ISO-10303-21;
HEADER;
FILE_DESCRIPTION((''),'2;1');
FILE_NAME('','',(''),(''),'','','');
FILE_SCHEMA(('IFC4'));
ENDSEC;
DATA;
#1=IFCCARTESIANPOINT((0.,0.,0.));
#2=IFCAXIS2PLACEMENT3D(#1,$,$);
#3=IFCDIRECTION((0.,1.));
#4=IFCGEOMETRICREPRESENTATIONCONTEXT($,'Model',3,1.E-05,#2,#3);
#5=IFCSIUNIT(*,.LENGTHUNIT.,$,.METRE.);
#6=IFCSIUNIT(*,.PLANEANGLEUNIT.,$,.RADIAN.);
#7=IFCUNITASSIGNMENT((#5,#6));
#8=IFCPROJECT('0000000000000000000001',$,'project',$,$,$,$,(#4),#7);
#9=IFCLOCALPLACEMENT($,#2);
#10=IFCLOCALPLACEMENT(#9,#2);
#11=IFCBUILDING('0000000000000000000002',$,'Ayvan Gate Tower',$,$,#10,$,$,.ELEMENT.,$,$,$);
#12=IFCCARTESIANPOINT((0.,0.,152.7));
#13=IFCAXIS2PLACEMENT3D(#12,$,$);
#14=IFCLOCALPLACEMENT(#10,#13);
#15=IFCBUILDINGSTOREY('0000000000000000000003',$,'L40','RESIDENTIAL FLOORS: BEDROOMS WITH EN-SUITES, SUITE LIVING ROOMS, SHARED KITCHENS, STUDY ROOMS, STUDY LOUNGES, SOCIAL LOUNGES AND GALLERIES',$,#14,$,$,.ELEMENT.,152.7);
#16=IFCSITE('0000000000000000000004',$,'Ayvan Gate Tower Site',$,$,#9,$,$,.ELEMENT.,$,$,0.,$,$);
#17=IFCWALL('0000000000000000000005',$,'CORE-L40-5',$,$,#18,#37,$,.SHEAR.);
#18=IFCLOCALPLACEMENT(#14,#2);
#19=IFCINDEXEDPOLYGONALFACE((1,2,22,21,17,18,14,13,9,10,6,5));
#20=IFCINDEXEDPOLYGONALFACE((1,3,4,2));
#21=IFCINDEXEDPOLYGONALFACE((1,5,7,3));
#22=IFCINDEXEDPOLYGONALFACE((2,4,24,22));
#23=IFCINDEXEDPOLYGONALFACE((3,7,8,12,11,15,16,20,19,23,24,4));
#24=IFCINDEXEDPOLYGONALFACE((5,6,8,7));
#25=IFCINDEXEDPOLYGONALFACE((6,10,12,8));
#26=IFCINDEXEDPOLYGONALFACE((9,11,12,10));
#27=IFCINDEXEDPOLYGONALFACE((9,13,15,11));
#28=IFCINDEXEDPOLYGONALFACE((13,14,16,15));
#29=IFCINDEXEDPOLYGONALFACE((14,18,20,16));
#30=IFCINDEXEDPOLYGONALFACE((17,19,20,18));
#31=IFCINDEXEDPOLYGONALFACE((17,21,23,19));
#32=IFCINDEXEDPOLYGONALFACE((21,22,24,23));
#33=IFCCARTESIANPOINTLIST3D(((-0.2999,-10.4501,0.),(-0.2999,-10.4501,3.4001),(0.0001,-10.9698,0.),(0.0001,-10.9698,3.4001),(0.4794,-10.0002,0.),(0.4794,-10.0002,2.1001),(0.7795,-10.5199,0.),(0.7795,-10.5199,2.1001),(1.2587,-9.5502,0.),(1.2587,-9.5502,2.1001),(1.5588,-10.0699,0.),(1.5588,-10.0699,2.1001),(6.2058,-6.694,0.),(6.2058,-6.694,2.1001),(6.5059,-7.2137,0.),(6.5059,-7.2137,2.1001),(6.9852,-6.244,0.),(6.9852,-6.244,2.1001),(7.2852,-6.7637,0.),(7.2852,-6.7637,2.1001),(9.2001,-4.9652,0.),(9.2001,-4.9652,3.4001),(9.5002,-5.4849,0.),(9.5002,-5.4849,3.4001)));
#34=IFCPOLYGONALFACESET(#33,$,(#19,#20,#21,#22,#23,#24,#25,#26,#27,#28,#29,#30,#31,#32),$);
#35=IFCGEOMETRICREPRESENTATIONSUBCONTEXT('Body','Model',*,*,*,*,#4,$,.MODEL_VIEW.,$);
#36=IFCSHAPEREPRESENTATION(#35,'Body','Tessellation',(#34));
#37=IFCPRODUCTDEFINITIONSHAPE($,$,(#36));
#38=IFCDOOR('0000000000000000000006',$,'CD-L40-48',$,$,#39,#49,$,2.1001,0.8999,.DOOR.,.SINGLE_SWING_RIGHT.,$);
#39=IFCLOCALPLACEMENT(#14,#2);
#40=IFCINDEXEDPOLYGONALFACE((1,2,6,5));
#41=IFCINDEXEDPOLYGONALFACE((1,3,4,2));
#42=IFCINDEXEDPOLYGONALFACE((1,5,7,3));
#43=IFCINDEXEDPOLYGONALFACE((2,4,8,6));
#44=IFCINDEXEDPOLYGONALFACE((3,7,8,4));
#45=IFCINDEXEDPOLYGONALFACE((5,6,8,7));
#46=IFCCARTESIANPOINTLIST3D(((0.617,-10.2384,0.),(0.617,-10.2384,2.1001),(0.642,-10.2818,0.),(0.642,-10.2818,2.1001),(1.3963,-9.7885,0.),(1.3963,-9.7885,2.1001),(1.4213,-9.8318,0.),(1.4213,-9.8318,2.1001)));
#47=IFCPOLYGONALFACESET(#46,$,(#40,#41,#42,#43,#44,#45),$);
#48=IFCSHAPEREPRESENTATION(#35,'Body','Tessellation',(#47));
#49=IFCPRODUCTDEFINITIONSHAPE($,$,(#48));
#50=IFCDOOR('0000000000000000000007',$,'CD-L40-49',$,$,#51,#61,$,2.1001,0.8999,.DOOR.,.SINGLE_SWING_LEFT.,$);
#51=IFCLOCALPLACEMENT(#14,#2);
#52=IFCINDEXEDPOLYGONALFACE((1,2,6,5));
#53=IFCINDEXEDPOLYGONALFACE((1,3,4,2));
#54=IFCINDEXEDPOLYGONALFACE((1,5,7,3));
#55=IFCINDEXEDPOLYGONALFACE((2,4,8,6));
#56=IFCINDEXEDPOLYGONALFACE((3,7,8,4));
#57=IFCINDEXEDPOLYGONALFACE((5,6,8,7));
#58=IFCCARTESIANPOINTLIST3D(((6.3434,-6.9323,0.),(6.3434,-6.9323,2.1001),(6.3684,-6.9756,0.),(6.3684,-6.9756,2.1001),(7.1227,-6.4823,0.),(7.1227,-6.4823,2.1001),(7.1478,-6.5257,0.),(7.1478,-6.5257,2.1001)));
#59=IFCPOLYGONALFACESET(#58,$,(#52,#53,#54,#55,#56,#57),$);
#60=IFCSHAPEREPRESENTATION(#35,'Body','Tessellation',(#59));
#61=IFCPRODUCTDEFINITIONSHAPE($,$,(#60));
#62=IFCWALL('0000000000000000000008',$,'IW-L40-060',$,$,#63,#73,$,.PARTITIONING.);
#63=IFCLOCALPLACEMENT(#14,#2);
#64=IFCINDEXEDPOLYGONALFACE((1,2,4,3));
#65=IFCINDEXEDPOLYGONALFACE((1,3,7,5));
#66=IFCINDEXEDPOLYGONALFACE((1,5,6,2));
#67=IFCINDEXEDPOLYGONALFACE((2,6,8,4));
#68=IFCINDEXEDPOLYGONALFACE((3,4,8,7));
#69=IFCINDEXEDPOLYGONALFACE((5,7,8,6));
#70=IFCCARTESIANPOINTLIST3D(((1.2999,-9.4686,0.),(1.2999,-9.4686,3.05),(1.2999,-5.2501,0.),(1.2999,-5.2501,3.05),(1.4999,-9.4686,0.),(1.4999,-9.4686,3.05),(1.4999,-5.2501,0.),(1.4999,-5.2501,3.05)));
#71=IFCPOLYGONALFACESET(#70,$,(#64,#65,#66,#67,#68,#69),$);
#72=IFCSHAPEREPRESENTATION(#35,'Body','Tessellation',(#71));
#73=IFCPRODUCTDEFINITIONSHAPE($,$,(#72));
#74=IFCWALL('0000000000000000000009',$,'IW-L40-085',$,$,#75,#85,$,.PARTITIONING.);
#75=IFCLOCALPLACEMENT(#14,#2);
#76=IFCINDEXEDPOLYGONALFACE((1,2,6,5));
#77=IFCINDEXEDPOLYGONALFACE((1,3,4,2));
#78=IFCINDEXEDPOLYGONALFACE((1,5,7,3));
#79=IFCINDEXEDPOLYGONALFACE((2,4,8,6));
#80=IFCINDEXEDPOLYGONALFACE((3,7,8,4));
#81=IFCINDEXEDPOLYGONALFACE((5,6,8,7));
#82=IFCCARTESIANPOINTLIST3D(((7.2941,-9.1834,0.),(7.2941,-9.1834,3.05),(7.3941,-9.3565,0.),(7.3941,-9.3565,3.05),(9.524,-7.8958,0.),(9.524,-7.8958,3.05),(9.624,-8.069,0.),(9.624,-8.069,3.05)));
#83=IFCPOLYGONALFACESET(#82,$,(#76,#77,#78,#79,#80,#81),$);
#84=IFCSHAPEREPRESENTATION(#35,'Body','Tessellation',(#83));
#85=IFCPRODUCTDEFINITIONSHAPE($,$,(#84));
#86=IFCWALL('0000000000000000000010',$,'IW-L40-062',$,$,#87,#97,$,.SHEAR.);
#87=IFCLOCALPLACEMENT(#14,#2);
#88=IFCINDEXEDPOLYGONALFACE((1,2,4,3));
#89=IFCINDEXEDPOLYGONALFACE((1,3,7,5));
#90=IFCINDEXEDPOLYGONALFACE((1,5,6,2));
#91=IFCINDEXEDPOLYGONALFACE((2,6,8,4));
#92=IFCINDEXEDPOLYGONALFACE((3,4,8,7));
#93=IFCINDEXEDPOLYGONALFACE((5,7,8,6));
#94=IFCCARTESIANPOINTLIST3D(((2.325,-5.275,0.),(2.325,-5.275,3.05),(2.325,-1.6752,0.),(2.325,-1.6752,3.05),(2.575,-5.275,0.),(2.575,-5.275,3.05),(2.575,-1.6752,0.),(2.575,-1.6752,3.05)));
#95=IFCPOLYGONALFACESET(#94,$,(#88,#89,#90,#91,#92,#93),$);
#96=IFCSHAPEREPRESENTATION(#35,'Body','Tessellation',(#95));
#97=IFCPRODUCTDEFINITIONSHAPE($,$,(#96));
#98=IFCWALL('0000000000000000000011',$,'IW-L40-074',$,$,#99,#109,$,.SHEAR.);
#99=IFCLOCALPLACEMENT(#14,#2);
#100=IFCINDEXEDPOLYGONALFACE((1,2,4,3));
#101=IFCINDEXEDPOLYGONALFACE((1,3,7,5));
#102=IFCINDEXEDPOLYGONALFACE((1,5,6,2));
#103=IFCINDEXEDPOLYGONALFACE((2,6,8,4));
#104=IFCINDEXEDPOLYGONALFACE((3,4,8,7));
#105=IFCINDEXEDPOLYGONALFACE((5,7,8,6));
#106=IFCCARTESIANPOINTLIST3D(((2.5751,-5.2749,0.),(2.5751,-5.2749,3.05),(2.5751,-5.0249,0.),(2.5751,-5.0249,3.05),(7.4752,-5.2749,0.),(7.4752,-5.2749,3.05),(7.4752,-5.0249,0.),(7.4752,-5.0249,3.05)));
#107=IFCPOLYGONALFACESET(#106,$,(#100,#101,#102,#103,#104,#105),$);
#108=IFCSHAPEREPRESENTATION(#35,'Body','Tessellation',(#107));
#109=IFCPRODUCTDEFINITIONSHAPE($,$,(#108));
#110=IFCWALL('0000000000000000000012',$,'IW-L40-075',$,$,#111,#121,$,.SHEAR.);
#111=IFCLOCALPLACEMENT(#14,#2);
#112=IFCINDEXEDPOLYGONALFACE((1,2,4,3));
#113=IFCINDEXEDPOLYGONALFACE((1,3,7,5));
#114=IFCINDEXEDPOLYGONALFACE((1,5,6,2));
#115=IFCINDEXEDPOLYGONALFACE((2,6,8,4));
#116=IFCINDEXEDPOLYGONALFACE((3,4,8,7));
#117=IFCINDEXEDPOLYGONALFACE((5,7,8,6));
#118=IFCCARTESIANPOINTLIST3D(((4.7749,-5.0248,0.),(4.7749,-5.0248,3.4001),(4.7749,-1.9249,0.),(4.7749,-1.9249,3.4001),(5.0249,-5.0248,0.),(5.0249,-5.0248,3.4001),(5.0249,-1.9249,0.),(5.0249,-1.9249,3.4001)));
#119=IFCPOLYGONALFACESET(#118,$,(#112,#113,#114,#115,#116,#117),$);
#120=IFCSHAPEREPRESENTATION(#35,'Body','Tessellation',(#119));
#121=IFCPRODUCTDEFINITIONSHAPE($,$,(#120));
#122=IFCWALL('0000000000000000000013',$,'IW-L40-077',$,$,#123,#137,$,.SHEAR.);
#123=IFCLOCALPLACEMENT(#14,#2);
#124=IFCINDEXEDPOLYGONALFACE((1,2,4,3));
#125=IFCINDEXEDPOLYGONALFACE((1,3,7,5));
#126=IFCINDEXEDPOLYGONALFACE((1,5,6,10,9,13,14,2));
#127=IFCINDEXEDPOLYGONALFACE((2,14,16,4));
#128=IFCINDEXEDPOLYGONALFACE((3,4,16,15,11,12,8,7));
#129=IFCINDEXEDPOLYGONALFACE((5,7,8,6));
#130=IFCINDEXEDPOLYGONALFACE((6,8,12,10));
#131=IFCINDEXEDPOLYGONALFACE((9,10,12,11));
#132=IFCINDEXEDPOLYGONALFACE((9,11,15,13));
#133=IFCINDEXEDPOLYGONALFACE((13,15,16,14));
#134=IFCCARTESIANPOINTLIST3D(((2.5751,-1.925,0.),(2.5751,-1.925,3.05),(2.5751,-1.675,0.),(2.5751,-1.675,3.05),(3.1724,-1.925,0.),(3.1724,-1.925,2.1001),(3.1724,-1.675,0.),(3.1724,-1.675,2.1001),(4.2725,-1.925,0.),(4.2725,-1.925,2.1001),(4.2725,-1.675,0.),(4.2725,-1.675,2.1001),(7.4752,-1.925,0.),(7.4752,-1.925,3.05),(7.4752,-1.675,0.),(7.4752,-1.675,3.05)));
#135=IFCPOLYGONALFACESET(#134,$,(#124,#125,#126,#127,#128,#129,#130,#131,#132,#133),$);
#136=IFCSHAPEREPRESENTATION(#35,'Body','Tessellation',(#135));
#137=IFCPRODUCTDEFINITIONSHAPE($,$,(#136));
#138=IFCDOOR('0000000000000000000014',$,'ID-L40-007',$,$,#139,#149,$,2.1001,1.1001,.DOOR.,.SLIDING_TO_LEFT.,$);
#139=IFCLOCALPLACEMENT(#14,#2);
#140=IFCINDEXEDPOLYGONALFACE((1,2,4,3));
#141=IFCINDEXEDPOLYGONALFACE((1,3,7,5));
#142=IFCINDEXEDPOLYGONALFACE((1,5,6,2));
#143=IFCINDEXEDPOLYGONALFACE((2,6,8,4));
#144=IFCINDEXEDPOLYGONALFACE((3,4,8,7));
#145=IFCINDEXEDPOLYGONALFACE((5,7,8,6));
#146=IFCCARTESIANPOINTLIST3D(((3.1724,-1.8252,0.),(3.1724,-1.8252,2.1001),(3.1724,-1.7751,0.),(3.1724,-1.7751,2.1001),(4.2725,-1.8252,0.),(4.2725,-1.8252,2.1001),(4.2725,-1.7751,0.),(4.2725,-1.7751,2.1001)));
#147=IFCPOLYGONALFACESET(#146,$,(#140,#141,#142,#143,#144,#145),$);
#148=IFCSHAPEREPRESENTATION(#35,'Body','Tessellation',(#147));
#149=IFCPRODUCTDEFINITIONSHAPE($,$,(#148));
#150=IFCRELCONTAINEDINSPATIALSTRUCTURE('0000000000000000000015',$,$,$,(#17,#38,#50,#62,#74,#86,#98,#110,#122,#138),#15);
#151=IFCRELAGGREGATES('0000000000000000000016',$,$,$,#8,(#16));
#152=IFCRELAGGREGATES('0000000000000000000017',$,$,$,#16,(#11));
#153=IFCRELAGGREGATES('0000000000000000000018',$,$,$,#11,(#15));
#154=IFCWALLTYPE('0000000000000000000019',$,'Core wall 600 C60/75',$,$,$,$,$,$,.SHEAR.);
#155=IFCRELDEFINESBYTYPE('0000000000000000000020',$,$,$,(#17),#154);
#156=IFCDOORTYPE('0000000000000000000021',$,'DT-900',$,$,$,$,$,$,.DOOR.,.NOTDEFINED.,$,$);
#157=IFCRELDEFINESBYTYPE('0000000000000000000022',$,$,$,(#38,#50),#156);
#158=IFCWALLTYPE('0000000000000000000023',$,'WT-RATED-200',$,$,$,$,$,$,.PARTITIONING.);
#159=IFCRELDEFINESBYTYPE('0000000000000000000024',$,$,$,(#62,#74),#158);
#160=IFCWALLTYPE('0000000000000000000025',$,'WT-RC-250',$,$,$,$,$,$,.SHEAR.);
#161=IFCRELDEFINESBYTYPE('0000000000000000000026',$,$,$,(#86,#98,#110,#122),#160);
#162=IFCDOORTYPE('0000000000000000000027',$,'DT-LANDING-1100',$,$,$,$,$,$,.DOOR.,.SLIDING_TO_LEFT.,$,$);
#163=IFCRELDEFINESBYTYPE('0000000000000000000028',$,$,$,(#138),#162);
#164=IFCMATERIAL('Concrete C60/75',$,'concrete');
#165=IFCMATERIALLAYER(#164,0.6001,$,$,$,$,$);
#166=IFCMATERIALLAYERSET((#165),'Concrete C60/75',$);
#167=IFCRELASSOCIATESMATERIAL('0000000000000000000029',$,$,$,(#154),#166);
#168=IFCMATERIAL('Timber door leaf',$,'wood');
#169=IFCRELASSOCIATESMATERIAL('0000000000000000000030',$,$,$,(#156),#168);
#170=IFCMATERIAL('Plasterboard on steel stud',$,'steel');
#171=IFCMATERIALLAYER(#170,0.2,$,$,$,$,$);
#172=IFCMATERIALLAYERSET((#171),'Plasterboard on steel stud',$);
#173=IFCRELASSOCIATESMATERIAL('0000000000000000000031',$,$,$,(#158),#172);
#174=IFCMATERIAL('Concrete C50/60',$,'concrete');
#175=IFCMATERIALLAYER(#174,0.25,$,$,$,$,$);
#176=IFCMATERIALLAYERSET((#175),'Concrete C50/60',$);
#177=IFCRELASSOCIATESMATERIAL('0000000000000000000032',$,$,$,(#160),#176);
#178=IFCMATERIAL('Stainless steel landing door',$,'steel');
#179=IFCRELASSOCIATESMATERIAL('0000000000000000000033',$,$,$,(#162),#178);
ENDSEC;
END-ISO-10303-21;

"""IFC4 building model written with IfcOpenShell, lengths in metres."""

from ifc_helpers import new_model, si_unit, direction, frame, frame_2d, origin, place, context, subcontext, project, spatial, rectangle, extrude, material, layer, layer_set, type_object, element, fill, save


model = new_model("IFC4")

# Units and contexts
model_context = context("Model", 3, precision=1e-05, world=origin(), true_north=direction((0.0, 1.0)))
body_context = subcontext(model_context, "Body", "Model", "MODEL_VIEW")
ifc_project = project(units=[si_unit("LENGTHUNIT", "METRE"), si_unit("PLANEANGLEUNIT", "RADIAN")], contexts=[model_context])

# Site, building, storey
site_placement = place(None, origin())
site = spatial("IfcSite", under=ifc_project, at=site_placement, Name="Ayvan Gate Tower Site", CompositionType="ELEMENT", RefElevation=0.0)
building_placement = place(site_placement, origin())
building = spatial("IfcBuilding", under=site, at=building_placement, Name="Ayvan Gate Tower", CompositionType="ELEMENT")
storey_placement = place(building_placement, frame((0.0, 0.0, 152.7)))
storey = spatial("IfcBuildingStorey", under=building, at=storey_placement, Name="L40", Description="RESIDENTIAL FLOORS: BEDROOMS WITH EN-SUITES, SUITE LIVING ROOMS, SHARED KITCHENS, STUDY ROOMS, STUDY LOUNGES, SOCIAL LOUNGES AND GALLERIES", CompositionType="ELEMENT", Elevation=152.7)

# Wall, openings, doors
ifc_material_1 = material(Name="Concrete C60/75", Category="concrete")
ifc_layer_1 = layer(ifc_material_1, 0.6001)
ifc_layer_set_1 = layer_set([ifc_layer_1], Name="Concrete C60/75")
wall_type_1 = type_object("IfcWallType", Name="Core wall 600 C60/75", PredefinedType="SHEAR", material=ifc_layer_set_1)
wall_1_placement = place(storey_placement, frame((-0.1499, -10.71, 0.0), z_axis=(0.0, 0.0, 1.0), x_axis=(0.866024, 0.500002, 0.0)))
wall_1 = element("IfcWall", 1, at=wall_1_placement, inside=storey, type_object=wall_type_1, Name="CORE-L40-5", PredefinedType="SHEAR", context=body_context, shape_type="SweptSolid", body=[
    extrude(rectangle(XDim=10.9697, YDim=0.6001, at=frame_2d((5.4849, 0.0))), origin(), (0.0, 0.0, 1.0), 3.4001),
])
opening_1_placement = place(wall_1_placement, frame((0.8999, 0.0, 0.0)))
opening_1 = element("IfcOpeningElement", 2, at=opening_1_placement, cuts=wall_1, PredefinedType="OPENING", context=body_context, shape_type="SweptSolid", body=[
    extrude(rectangle(XDim=0.8999, YDim=2.1001, at=frame_2d((0.45, 1.05))), frame((0.0, 0.3101, 0.0), z_axis=(0.0, -1.0, 0.0), x_axis=(1.0, 0.0, 0.0)), (0.0, 0.0, 1.0), 0.6201),
])
opening_2_placement = place(wall_1_placement, frame((7.5122, 0.0, 0.0)))
opening_2 = element("IfcOpeningElement", 3, at=opening_2_placement, cuts=wall_1, PredefinedType="OPENING", context=body_context, shape_type="SweptSolid", body=[
    extrude(rectangle(XDim=0.8999, YDim=2.1001, at=frame_2d((0.45, 1.05))), frame((0.0, 0.3101, 0.0), z_axis=(0.0, -1.0, 0.0), x_axis=(1.0, 0.0, 0.0)), (0.0, 0.0, 1.0), 0.6201),
])
ifc_material_2 = material(Name="Timber door leaf", Category="wood")
door_type_1 = type_object("IfcDoorType", Name="DT-900", OperationType="NOTDEFINED", PredefinedType="DOOR", material=ifc_material_2)
door_1_placement = place(opening_1_placement, origin())
door_1 = element("IfcDoor", 4, at=door_1_placement, inside=storey, type_object=door_type_1, Name="CD-L40-48", OperationType="SINGLE_SWING_RIGHT", OverallHeight=2.1001, OverallWidth=0.8999, PredefinedType="DOOR", context=body_context, shape_type="SweptSolid", body=[
    extrude(rectangle(XDim=0.8999, YDim=2.1001, at=frame_2d((0.45, 1.05))), frame((0.0, 0.0249, 0.0), z_axis=(0.0, -1.0, 0.0), x_axis=(1.0, 0.0, 0.0)), (0.0, 0.0, 1.0), 0.05),
])
fill(opening_1, door_1)
door_2_placement = place(opening_2_placement, origin())
door_2 = element("IfcDoor", 5, at=door_2_placement, inside=storey, type_object=door_type_1, Name="CD-L40-49", OperationType="SINGLE_SWING_LEFT", OverallHeight=2.1001, OverallWidth=0.8999, PredefinedType="DOOR", context=body_context, shape_type="SweptSolid", body=[
    extrude(rectangle(XDim=0.8999, YDim=2.1001, at=frame_2d((0.45, 1.05))), frame((0.0, 0.0249, 0.0), z_axis=(0.0, -1.0, 0.0), x_axis=(1.0, 0.0, 0.0)), (0.0, 0.0, 1.0), 0.05),
])
fill(opening_2, door_2)

# Walls
ifc_material_3 = material(Name="Plasterboard on steel stud", Category="steel")
ifc_layer_2 = layer(ifc_material_3, 0.2)
ifc_layer_set_2 = layer_set([ifc_layer_2], Name="Plasterboard on steel stud")
wall_type_2 = type_object("IfcWallType", Name="WT-RATED-200", PredefinedType="PARTITIONING", material=ifc_layer_set_2)
wall_2_placement = place(storey_placement, frame((1.3999, -5.25, 0.0), z_axis=(0.0, 0.0, 1.0), x_axis=(0.0, -1.0, 0.0)))
element("IfcWall", 6, at=wall_2_placement, inside=storey, type_object=wall_type_2, Name="IW-L40-060", PredefinedType="PARTITIONING", context=body_context, shape_type="SweptSolid", body=[
    extrude(rectangle(XDim=4.2185, YDim=0.2, at=frame_2d((2.1094, 0.0))), origin(), (0.0, 0.0, 1.0), 3.05),
])
wall_3_placement = place(storey_placement, frame((7.344, -9.27, 0.0), z_axis=(0.0, 0.0, 1.0), x_axis=(0.866006, 0.500034, 0.0)))
element("IfcWall", 7, at=wall_3_placement, inside=storey, type_object=wall_type_2, Name="IW-L40-085", PredefinedType="PARTITIONING", context=body_context, shape_type="SweptSolid", body=[
    extrude(rectangle(XDim=2.575, YDim=0.2, at=frame_2d((1.2876, 0.0))), origin(), (0.0, 0.0, 1.0), 3.05),
])
ifc_material_4 = material(Name="Concrete C50/60", Category="concrete")
ifc_layer_3 = layer(ifc_material_4, 0.25)
ifc_layer_set_3 = layer_set([ifc_layer_3], Name="Concrete C50/60")
wall_type_3 = type_object("IfcWallType", Name="WT-RC-250", PredefinedType="SHEAR", material=ifc_layer_set_3)
wall_4_placement = place(storey_placement, frame((2.45, -5.2749, 0.0), z_axis=(0.0, 0.0, 1.0), x_axis=(0.0, 1.0, 0.0)))
element("IfcWall", 8, at=wall_4_placement, inside=storey, type_object=wall_type_3, Name="IW-L40-062", PredefinedType="SHEAR", context=body_context, shape_type="SweptSolid", body=[
    extrude(rectangle(XDim=3.5999, YDim=0.25, at=frame_2d((1.7998, 0.0))), origin(), (0.0, 0.0, 1.0), 3.05),
])
wall_5_placement = place(storey_placement, frame((2.575, -5.1499, 0.0), z_axis=(0.0, 0.0, 1.0), x_axis=(1.0, 0.0, 0.0)))
element("IfcWall", 9, at=wall_5_placement, inside=storey, type_object=wall_type_3, Name="IW-L40-074", PredefinedType="SHEAR", context=body_context, shape_type="SweptSolid", body=[
    extrude(rectangle(XDim=4.9001, YDim=0.25, at=frame_2d((2.4502, 0.0))), origin(), (0.0, 0.0, 1.0), 3.05),
])
wall_6_placement = place(storey_placement, frame((4.8999, -1.925, 0.0), z_axis=(0.0, 0.0, 1.0), x_axis=(0.0, -1.0, 0.0)))
element("IfcWall", 10, at=wall_6_placement, inside=storey, type_object=wall_type_3, Name="IW-L40-075", PredefinedType="SHEAR", context=body_context, shape_type="SweptSolid", body=[
    extrude(rectangle(XDim=3.0999, YDim=0.25, at=frame_2d((1.5498, 0.0))), origin(), (0.0, 0.0, 1.0), 3.4001),
])

# Wall, opening, door
wall_7_placement = place(storey_placement, frame((2.575, -1.8, 0.0), z_axis=(0.0, 0.0, 1.0), x_axis=(1.0, 0.0, 0.0)))
wall_7 = element("IfcWall", 11, at=wall_7_placement, inside=storey, type_object=wall_type_3, Name="IW-L40-077", PredefinedType="SHEAR", context=body_context, shape_type="SweptSolid", body=[
    extrude(rectangle(XDim=4.9001, YDim=0.25, at=frame_2d((2.4502, 0.0))), origin(), (0.0, 0.0, 1.0), 3.05),
])
opening_3_placement = place(wall_7_placement, frame((0.5974, 0.0, 0.0)))
opening_3 = element("IfcOpeningElement", 12, at=opening_3_placement, cuts=wall_7, PredefinedType="OPENING", context=body_context, shape_type="SweptSolid", body=[
    extrude(rectangle(XDim=1.1001, YDim=2.1001, at=frame_2d((0.55, 1.05))), frame((0.0, 0.135, 0.0), z_axis=(0.0, -1.0, 0.0), x_axis=(1.0, 0.0, 0.0)), (0.0, 0.0, 1.0), 0.27),
])
ifc_material_5 = material(Name="Stainless steel landing door", Category="steel")
door_type_2 = type_object("IfcDoorType", Name="DT-LANDING-1100", OperationType="SLIDING_TO_LEFT", PredefinedType="DOOR", material=ifc_material_5)
door_3_placement = place(opening_3_placement, origin())
door_3 = element("IfcDoor", 13, at=door_3_placement, inside=storey, type_object=door_type_2, Name="ID-L40-007", OperationType="SLIDING_TO_LEFT", OverallHeight=2.1001, OverallWidth=1.1001, PredefinedType="DOOR", context=body_context, shape_type="SweptSolid", body=[
    extrude(rectangle(XDim=1.1001, YDim=2.1001, at=frame_2d((0.55, 1.05))), frame((0.0, 0.0249, 0.0), z_axis=(0.0, -1.0, 0.0), x_axis=(1.0, 0.0, 0.0)), (0.0, 0.0, 1.0), 0.05),
])
fill(opening_3, door_3)

save(model, "model.ifc")
